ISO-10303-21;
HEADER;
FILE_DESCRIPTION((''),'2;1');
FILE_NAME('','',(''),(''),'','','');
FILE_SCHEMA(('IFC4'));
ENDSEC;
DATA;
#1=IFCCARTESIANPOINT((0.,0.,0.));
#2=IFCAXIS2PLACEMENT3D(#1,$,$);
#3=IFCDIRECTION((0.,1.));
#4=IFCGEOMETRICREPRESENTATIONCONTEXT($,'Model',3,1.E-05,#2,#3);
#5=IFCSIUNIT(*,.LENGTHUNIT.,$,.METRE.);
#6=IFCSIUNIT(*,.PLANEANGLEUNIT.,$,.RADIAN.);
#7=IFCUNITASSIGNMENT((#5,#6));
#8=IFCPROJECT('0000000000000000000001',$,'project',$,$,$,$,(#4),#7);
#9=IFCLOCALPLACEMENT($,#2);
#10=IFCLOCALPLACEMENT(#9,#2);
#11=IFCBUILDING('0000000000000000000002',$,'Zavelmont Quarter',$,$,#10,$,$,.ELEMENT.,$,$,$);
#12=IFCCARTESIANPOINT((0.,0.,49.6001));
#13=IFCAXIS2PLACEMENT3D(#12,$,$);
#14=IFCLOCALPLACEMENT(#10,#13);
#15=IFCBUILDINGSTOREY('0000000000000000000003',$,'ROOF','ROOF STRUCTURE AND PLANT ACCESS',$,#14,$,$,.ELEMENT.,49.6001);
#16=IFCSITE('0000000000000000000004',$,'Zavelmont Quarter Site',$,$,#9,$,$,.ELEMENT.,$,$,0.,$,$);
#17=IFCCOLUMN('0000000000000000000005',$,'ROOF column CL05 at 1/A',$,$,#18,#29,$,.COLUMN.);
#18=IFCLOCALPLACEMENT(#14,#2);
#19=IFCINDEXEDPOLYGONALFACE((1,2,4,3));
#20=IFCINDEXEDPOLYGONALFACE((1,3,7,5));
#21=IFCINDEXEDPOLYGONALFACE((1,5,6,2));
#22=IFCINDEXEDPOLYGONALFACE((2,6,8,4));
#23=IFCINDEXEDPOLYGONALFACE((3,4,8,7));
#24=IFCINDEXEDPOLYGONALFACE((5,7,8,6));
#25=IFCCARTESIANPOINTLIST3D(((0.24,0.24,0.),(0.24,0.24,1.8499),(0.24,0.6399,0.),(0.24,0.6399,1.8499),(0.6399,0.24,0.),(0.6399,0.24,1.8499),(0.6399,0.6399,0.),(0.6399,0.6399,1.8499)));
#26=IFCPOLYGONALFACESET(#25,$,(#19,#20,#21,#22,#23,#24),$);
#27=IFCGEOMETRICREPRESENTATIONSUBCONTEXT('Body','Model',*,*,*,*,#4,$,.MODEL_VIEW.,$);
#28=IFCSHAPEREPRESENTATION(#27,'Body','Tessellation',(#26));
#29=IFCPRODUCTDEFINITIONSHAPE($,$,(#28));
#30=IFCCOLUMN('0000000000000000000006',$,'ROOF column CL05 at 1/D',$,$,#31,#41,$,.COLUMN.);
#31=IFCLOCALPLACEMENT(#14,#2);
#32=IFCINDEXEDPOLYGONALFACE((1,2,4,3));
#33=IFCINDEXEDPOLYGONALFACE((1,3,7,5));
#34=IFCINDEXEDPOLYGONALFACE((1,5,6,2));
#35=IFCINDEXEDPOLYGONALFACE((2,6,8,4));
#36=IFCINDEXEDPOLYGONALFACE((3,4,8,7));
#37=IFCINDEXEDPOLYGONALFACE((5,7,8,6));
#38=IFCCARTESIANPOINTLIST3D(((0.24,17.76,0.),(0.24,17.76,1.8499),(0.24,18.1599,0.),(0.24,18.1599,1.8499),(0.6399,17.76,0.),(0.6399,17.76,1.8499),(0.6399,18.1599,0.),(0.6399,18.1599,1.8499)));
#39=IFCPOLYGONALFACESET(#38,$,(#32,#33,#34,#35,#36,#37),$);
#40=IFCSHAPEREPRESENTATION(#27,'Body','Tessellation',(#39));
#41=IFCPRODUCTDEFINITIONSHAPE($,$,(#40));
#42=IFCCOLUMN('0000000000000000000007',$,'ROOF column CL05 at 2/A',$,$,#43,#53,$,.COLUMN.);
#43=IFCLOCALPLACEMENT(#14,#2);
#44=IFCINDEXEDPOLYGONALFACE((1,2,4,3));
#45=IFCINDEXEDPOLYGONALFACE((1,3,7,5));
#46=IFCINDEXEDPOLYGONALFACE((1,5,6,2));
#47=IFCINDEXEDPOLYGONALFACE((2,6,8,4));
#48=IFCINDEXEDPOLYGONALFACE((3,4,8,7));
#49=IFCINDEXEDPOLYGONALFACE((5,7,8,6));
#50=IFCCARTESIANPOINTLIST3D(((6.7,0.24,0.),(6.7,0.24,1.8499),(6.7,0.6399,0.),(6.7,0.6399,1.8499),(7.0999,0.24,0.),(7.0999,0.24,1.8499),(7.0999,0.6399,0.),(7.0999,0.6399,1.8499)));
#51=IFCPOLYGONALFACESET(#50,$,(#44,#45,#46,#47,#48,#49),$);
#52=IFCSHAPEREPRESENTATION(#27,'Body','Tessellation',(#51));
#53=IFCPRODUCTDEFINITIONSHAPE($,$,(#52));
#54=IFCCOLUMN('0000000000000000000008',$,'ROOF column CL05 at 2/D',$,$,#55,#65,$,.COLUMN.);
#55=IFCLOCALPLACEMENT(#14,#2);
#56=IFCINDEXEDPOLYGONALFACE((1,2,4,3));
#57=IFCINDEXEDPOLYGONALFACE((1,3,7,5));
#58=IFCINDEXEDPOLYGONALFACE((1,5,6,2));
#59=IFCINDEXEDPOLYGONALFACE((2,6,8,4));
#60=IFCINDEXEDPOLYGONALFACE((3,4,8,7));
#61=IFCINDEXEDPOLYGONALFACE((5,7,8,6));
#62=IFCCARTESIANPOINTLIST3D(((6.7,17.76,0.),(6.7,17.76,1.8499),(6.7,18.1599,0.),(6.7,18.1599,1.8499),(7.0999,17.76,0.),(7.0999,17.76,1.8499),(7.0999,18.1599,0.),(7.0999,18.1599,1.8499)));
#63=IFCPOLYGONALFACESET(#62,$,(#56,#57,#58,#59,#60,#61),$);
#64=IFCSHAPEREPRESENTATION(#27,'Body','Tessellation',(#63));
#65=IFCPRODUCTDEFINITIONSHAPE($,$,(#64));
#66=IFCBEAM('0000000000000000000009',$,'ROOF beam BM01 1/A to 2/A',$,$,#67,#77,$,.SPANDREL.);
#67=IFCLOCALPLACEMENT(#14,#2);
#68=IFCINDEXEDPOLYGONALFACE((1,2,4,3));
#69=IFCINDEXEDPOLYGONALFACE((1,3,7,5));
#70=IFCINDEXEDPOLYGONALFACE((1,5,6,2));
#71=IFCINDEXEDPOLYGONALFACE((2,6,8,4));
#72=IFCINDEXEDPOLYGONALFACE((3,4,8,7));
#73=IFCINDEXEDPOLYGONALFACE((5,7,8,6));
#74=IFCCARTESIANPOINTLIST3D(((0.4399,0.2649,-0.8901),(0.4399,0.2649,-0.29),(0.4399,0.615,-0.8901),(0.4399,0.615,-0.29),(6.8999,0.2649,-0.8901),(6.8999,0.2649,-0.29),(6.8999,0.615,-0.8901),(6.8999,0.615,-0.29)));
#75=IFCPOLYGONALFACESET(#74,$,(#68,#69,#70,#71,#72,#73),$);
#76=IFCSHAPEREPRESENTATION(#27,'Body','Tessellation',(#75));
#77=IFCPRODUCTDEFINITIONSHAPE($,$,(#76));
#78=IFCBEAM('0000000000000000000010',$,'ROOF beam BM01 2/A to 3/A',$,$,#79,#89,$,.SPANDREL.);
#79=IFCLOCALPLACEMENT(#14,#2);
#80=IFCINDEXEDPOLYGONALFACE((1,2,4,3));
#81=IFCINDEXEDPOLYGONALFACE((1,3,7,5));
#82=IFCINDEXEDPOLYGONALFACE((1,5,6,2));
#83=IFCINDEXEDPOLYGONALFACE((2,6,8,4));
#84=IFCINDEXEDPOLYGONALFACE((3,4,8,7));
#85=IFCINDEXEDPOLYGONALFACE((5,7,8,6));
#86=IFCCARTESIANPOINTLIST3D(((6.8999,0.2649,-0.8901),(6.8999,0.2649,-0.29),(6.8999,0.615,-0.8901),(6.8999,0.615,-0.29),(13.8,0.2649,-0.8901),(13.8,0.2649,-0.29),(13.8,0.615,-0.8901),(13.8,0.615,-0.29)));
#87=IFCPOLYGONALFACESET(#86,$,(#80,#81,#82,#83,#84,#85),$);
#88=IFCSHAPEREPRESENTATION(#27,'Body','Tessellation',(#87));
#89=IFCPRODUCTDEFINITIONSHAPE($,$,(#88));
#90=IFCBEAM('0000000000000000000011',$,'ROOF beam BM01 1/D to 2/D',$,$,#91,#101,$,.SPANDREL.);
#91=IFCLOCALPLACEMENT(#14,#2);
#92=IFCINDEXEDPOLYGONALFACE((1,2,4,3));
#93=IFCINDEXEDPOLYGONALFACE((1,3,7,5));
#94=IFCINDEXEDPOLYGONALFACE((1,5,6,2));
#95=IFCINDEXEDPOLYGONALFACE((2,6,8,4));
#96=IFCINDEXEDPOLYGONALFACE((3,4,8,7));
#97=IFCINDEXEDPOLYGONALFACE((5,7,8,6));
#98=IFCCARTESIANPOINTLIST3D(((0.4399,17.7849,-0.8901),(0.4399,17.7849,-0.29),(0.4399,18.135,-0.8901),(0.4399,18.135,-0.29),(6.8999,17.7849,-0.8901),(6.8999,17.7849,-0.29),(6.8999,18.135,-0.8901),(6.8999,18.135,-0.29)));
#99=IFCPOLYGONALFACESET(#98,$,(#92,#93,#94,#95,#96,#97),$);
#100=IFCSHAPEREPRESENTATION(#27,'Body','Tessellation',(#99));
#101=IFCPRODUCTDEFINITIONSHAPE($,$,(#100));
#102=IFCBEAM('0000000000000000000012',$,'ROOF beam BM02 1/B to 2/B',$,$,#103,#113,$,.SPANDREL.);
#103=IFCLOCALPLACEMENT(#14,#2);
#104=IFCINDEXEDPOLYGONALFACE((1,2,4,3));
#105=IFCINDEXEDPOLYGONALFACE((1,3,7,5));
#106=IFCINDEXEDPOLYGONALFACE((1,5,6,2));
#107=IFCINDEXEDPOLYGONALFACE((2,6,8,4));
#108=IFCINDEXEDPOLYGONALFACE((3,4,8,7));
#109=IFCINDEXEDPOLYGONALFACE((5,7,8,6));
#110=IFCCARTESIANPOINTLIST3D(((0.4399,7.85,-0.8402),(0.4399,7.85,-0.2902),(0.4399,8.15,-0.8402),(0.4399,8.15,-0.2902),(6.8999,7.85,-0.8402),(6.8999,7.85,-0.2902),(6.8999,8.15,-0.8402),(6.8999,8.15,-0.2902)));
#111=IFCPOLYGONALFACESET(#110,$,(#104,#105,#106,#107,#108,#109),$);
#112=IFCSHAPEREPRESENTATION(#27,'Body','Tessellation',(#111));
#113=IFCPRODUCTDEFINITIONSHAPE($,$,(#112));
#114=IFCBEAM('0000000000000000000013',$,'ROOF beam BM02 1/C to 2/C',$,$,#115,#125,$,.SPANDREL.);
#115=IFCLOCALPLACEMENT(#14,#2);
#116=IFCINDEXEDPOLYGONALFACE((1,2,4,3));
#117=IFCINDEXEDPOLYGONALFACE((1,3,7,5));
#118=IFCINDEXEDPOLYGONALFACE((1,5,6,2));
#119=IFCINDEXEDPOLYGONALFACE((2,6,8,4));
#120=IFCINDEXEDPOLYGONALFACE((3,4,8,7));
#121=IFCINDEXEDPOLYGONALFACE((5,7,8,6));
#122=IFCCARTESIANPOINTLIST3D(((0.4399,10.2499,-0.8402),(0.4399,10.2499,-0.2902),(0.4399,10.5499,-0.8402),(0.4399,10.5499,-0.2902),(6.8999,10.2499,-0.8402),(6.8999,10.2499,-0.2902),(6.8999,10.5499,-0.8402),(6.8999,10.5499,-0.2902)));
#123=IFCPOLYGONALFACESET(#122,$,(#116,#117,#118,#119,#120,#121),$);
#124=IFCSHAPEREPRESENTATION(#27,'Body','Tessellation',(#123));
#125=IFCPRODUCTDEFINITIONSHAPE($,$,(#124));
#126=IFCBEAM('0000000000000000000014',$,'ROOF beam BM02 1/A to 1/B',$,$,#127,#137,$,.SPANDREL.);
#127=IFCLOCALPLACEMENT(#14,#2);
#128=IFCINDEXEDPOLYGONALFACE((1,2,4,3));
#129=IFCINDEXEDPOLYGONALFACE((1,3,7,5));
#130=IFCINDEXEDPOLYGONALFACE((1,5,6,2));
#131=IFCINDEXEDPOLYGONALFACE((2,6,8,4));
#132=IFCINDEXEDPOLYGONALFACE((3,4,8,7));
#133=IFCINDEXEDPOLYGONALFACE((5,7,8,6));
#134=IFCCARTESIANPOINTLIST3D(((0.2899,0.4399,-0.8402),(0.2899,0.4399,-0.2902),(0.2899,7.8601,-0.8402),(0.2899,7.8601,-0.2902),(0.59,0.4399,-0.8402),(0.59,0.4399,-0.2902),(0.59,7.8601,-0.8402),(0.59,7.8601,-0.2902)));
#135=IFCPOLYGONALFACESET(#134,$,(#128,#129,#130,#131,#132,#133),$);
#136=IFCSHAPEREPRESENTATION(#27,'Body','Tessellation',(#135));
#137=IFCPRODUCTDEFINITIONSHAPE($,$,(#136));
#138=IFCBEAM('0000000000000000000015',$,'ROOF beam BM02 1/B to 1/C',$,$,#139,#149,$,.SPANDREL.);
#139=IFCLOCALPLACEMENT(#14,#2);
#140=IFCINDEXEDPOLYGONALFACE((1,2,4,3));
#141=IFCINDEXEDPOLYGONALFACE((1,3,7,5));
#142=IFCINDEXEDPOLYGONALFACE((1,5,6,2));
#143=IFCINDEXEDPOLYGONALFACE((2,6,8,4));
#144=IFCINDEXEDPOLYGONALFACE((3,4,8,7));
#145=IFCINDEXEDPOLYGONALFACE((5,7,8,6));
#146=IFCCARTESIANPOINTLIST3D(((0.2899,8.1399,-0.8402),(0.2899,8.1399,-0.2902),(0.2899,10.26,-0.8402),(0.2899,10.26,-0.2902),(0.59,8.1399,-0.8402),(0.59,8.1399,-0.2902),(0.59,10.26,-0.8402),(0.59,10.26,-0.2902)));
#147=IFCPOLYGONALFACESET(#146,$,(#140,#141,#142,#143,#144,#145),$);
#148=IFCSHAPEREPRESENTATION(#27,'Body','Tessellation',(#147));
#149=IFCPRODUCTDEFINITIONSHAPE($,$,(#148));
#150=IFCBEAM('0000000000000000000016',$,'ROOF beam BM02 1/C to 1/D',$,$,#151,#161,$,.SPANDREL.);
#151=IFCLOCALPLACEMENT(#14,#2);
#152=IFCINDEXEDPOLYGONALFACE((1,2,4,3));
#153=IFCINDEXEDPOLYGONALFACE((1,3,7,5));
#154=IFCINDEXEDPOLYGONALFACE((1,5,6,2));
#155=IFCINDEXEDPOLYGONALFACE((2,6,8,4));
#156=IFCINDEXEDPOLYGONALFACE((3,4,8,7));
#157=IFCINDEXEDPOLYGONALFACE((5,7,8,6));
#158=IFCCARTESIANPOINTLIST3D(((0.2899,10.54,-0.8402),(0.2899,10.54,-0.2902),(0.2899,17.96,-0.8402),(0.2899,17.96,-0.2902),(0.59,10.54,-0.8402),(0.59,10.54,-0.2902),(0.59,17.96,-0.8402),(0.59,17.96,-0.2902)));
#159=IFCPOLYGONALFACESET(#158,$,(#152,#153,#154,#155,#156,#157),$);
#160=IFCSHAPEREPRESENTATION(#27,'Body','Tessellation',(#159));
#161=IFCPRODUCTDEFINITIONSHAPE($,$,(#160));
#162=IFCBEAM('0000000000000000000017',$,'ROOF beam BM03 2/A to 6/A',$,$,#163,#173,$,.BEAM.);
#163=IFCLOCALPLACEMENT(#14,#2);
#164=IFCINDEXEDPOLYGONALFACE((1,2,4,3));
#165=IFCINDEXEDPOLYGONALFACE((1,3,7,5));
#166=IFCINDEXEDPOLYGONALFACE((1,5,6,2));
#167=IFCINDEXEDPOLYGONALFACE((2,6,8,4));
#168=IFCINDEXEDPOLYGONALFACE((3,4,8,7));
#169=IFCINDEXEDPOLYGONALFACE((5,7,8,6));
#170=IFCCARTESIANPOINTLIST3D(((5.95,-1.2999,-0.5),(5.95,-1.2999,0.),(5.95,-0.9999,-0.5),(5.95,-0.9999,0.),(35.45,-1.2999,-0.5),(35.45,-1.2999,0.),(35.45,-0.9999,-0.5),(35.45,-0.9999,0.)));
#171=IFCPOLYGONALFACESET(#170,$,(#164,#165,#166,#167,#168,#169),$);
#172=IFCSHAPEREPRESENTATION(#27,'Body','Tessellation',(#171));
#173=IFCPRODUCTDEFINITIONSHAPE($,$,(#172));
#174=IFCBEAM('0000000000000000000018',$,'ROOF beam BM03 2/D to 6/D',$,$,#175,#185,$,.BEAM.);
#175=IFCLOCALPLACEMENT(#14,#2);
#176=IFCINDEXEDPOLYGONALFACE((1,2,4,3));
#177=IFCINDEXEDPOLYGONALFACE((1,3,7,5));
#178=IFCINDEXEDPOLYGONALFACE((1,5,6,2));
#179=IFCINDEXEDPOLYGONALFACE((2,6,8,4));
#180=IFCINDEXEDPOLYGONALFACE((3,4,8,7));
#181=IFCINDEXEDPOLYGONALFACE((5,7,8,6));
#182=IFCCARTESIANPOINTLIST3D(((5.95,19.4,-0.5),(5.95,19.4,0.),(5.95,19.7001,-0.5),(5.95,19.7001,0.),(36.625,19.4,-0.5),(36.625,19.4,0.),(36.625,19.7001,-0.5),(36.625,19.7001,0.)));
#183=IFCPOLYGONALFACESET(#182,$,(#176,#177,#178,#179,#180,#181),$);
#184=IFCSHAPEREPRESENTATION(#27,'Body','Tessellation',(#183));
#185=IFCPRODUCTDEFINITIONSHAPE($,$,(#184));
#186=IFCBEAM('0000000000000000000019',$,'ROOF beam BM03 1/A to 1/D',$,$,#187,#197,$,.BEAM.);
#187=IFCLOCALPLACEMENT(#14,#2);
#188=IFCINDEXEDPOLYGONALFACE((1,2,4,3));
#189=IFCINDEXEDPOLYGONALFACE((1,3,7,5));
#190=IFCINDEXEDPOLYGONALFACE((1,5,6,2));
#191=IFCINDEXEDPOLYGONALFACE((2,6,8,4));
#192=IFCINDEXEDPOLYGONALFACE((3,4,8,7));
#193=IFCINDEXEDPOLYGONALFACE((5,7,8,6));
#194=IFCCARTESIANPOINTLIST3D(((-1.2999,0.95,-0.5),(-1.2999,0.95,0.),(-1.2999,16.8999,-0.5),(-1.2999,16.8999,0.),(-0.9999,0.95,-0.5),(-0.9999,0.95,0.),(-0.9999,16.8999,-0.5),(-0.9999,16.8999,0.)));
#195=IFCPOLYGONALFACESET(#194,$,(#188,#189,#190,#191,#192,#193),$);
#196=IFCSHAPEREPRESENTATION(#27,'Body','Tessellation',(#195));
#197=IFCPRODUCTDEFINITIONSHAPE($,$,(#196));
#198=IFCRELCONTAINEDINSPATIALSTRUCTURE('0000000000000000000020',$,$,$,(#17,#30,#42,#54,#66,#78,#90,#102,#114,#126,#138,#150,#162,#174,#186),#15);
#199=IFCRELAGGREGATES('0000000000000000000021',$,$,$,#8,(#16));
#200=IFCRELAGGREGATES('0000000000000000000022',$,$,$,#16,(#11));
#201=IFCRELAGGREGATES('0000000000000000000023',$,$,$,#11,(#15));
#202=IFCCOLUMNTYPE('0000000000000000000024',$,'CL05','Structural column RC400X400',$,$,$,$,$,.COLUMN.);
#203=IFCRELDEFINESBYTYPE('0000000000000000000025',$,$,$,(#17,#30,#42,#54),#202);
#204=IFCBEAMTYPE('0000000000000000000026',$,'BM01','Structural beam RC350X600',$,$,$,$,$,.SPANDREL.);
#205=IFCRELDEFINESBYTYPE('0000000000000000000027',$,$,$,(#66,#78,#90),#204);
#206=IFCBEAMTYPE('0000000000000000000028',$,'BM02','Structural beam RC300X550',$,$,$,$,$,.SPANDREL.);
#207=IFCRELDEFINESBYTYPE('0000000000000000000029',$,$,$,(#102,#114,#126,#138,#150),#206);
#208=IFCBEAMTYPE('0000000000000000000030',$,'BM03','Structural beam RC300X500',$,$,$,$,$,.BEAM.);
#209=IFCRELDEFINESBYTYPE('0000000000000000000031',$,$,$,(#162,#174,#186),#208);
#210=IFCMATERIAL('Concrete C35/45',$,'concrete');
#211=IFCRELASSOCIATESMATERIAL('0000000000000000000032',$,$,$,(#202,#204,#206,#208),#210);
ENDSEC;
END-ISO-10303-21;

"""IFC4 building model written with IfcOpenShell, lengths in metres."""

from ifc_helpers import new_model, si_unit, direction, frame, origin, origin_2d, place, context, subcontext, project, spatial, rectangle, extrude, material, material_profile, profile_set, type_object, element, save


model = new_model("IFC4")

# Units and contexts
model_context = context("Model", 3, precision=1e-05, world=origin(), true_north=direction((0.0, 1.0)))
body_context = subcontext(model_context, "Body", "Model", "MODEL_VIEW")
ifc_project = project(units=[si_unit("LENGTHUNIT", "METRE"), si_unit("PLANEANGLEUNIT", "RADIAN")], contexts=[model_context])

# Site, building, storey
site_placement = place(None, origin())
site = spatial("IfcSite", under=ifc_project, at=site_placement, Name="Zavelmont Quarter Site", CompositionType="ELEMENT", RefElevation=0.0)
building_placement = place(site_placement, origin())
building = spatial("IfcBuilding", under=site, at=building_placement, Name="Zavelmont Quarter", CompositionType="ELEMENT")
storey_placement = place(building_placement, frame((0.0, 0.0, 49.6001)))
storey = spatial("IfcBuildingStorey", under=building, at=storey_placement, Name="ROOF", Description="ROOF STRUCTURE AND PLANT ACCESS", CompositionType="ELEMENT", Elevation=49.6001)

# Columns
ifc_material_1 = material(Name="Concrete C35/45", Category="concrete")
ifc_material_profile_1 = material_profile(ifc_material_1, rectangle(XDim=0.3999, YDim=0.3999, at=origin_2d()), Name="RC400X400")
ifc_profile_set_1 = profile_set([ifc_material_profile_1], Name="Concrete C35/45")
column_type = type_object("IfcColumnType", Name="CL05", Description="Structural column RC400X400", PredefinedType="COLUMN", material=ifc_profile_set_1)
for number, where, z_axis, x_axis, name in (
    (1, (0.4399, 0.4399, 0.0), (0.0, 0.0, 1.0), (1.0, 0.0, 0.0), "ROOF column CL05 at 1/A"),
    (2, (0.4399, 17.96, 0.0), (0.0, 0.0, 1.0), (1.0, 0.0, 0.0), "ROOF column CL05 at 1/D"),
    (3, (6.8999, 0.4399, 0.0), (0.0, 0.0, 1.0), (1.0, 0.0, 0.0), "ROOF column CL05 at 2/A"),
    (4, (6.8999, 17.96, 0.0), (0.0, 0.0, 1.0), (1.0, 0.0, 0.0), "ROOF column CL05 at 2/D"),
):
    element("IfcColumn", number, at=place(storey_placement, frame(where, z_axis=z_axis, x_axis=x_axis)), inside=storey, type_object=column_type, Name=name, PredefinedType="COLUMN", context=body_context, shape_type="SweptSolid", body=[
        extrude(rectangle(XDim=0.3999, YDim=0.3999, at=origin_2d()), origin(), (0.0, 0.0, 1.0), 1.8499),
    ])

# Beams
ifc_material_profile_2 = material_profile(ifc_material_1, rectangle(XDim=0.3501, YDim=0.6001, at=origin_2d()), Name="RC350X600")
ifc_profile_set_2 = profile_set([ifc_material_profile_2], Name="Concrete C35/45")
beam_type_1 = type_object("IfcBeamType", Name="BM01", Description="Structural beam RC350X600", PredefinedType="SPANDREL", material=ifc_profile_set_2)
beam_1_placement = place(storey_placement, frame((0.4399, 0.4399, -0.5901), z_axis=(1.0, 0.0, 0.0), x_axis=(0.0, 1.0, 0.0)))
element("IfcBeam", 5, at=beam_1_placement, inside=storey, type_object=beam_type_1, Name="ROOF beam BM01 1/A to 2/A", PredefinedType="SPANDREL", context=body_context, shape_type="SweptSolid", body=[
    extrude(rectangle(XDim=0.3501, YDim=0.6001, at=origin_2d()), origin(), (0.0, 0.0, 1.0), 6.46),
])
beam_2_placement = place(storey_placement, frame((6.8999, 0.4399, -0.5901), z_axis=(1.0, 0.0, 0.0), x_axis=(0.0, 1.0, 0.0)))
element("IfcBeam", 6, at=beam_2_placement, inside=storey, type_object=beam_type_1, Name="ROOF beam BM01 2/A to 3/A", PredefinedType="SPANDREL", context=body_context, shape_type="SweptSolid", body=[
    extrude(rectangle(XDim=0.3501, YDim=0.6001, at=origin_2d()), origin(), (0.0, 0.0, 1.0), 6.9001),
])
beam_3_placement = place(storey_placement, frame((0.4399, 17.96, -0.5901), z_axis=(1.0, 0.0, 0.0), x_axis=(0.0, 1.0, 0.0)))
element("IfcBeam", 7, at=beam_3_placement, inside=storey, type_object=beam_type_1, Name="ROOF beam BM01 1/D to 2/D", PredefinedType="SPANDREL", context=body_context, shape_type="SweptSolid", body=[
    extrude(rectangle(XDim=0.3501, YDim=0.6001, at=origin_2d()), origin(), (0.0, 0.0, 1.0), 6.46),
])
ifc_material_profile_3 = material_profile(ifc_material_1, rectangle(XDim=0.3, YDim=0.55, at=origin_2d()), Name="RC300X550")
ifc_profile_set_3 = profile_set([ifc_material_profile_3], Name="Concrete C35/45")
beam_type_2 = type_object("IfcBeamType", Name="BM02", Description="Structural beam RC300X550", PredefinedType="SPANDREL", material=ifc_profile_set_3)
for number, where, z_axis, x_axis, name in (
    (8, (0.4399, 8.0, -0.5652), (1.0, 0.0, 0.0), (0.0, 1.0, 0.0), "ROOF beam BM02 1/B to 2/B"),
    (9, (0.4399, 10.3999, -0.5652), (1.0, 0.0, 0.0), (0.0, 1.0, 0.0), "ROOF beam BM02 1/C to 2/C"),
):
    element("IfcBeam", number, at=place(storey_placement, frame(where, z_axis=z_axis, x_axis=x_axis)), inside=storey, type_object=beam_type_2, Name=name, PredefinedType="SPANDREL", context=body_context, shape_type="SweptSolid", body=[
        extrude(rectangle(XDim=0.3, YDim=0.55, at=origin_2d()), origin(), (0.0, 0.0, 1.0), 6.46),
    ])
beam_4_placement = place(storey_placement, frame((0.4399, 0.4399, -0.5652), z_axis=(0.0, 1.0, 0.0), x_axis=(-1.0, 0.0, 0.0)))
element("IfcBeam", 10, at=beam_4_placement, inside=storey, type_object=beam_type_2, Name="ROOF beam BM02 1/A to 1/B", PredefinedType="SPANDREL", context=body_context, shape_type="SweptSolid", body=[
    extrude(rectangle(XDim=0.3, YDim=0.55, at=origin_2d()), origin(), (0.0, 0.0, 1.0), 7.4202),
])
beam_5_placement = place(storey_placement, frame((0.4399, 8.1399, -0.5652), z_axis=(0.0, 1.0, 0.0), x_axis=(-1.0, 0.0, 0.0)))
element("IfcBeam", 11, at=beam_5_placement, inside=storey, type_object=beam_type_2, Name="ROOF beam BM02 1/B to 1/C", PredefinedType="SPANDREL", context=body_context, shape_type="SweptSolid", body=[
    extrude(rectangle(XDim=0.3, YDim=0.55, at=origin_2d()), origin(), (0.0, 0.0, 1.0), 2.1201),
])
beam_6_placement = place(storey_placement, frame((0.4399, 10.54, -0.5652), z_axis=(0.0, 1.0, 0.0), x_axis=(-1.0, 0.0, 0.0)))
element("IfcBeam", 12, at=beam_6_placement, inside=storey, type_object=beam_type_2, Name="ROOF beam BM02 1/C to 1/D", PredefinedType="SPANDREL", context=body_context, shape_type="SweptSolid", body=[
    extrude(rectangle(XDim=0.3, YDim=0.55, at=origin_2d()), origin(), (0.0, 0.0, 1.0), 7.4199),
])
ifc_material_profile_4 = material_profile(ifc_material_1, rectangle(XDim=0.3, YDim=0.5, at=origin_2d()), Name="RC300X500")
ifc_profile_set_4 = profile_set([ifc_material_profile_4], Name="Concrete C35/45")
beam_type_3 = type_object("IfcBeamType", Name="BM03", Description="Structural beam RC300X500", PredefinedType="BEAM", material=ifc_profile_set_4)
beam_7_placement = place(storey_placement, frame((5.95, -1.1499, -0.25), z_axis=(1.0, 0.0, 0.0), x_axis=(0.0, 1.0, 0.0)))
element("IfcBeam", 13, at=beam_7_placement, inside=storey, type_object=beam_type_3, Name="ROOF beam BM03 2/A to 6/A", PredefinedType="BEAM", context=body_context, shape_type="SweptSolid", body=[
    extrude(rectangle(XDim=0.3, YDim=0.5, at=origin_2d()), origin(), (0.0, 0.0, 1.0), 29.5),
])
beam_8_placement = place(storey_placement, frame((5.95, 19.55, -0.25), z_axis=(1.0, 0.0, 0.0), x_axis=(0.0, 1.0, 0.0)))
element("IfcBeam", 14, at=beam_8_placement, inside=storey, type_object=beam_type_3, Name="ROOF beam BM03 2/D to 6/D", PredefinedType="BEAM", context=body_context, shape_type="SweptSolid", body=[
    extrude(rectangle(XDim=0.3, YDim=0.5, at=origin_2d()), origin(), (0.0, 0.0, 1.0), 30.675),
])
beam_9_placement = place(storey_placement, frame((-1.1499, 0.95, -0.25), z_axis=(0.0, 1.0, 0.0), x_axis=(-1.0, 0.0, 0.0)))
element("IfcBeam", 15, at=beam_9_placement, inside=storey, type_object=beam_type_3, Name="ROOF beam BM03 1/A to 1/D", PredefinedType="BEAM", context=body_context, shape_type="SweptSolid", body=[
    extrude(rectangle(XDim=0.3, YDim=0.5, at=origin_2d()), origin(), (0.0, 0.0, 1.0), 15.95),
])

save(model, "model.ifc")
